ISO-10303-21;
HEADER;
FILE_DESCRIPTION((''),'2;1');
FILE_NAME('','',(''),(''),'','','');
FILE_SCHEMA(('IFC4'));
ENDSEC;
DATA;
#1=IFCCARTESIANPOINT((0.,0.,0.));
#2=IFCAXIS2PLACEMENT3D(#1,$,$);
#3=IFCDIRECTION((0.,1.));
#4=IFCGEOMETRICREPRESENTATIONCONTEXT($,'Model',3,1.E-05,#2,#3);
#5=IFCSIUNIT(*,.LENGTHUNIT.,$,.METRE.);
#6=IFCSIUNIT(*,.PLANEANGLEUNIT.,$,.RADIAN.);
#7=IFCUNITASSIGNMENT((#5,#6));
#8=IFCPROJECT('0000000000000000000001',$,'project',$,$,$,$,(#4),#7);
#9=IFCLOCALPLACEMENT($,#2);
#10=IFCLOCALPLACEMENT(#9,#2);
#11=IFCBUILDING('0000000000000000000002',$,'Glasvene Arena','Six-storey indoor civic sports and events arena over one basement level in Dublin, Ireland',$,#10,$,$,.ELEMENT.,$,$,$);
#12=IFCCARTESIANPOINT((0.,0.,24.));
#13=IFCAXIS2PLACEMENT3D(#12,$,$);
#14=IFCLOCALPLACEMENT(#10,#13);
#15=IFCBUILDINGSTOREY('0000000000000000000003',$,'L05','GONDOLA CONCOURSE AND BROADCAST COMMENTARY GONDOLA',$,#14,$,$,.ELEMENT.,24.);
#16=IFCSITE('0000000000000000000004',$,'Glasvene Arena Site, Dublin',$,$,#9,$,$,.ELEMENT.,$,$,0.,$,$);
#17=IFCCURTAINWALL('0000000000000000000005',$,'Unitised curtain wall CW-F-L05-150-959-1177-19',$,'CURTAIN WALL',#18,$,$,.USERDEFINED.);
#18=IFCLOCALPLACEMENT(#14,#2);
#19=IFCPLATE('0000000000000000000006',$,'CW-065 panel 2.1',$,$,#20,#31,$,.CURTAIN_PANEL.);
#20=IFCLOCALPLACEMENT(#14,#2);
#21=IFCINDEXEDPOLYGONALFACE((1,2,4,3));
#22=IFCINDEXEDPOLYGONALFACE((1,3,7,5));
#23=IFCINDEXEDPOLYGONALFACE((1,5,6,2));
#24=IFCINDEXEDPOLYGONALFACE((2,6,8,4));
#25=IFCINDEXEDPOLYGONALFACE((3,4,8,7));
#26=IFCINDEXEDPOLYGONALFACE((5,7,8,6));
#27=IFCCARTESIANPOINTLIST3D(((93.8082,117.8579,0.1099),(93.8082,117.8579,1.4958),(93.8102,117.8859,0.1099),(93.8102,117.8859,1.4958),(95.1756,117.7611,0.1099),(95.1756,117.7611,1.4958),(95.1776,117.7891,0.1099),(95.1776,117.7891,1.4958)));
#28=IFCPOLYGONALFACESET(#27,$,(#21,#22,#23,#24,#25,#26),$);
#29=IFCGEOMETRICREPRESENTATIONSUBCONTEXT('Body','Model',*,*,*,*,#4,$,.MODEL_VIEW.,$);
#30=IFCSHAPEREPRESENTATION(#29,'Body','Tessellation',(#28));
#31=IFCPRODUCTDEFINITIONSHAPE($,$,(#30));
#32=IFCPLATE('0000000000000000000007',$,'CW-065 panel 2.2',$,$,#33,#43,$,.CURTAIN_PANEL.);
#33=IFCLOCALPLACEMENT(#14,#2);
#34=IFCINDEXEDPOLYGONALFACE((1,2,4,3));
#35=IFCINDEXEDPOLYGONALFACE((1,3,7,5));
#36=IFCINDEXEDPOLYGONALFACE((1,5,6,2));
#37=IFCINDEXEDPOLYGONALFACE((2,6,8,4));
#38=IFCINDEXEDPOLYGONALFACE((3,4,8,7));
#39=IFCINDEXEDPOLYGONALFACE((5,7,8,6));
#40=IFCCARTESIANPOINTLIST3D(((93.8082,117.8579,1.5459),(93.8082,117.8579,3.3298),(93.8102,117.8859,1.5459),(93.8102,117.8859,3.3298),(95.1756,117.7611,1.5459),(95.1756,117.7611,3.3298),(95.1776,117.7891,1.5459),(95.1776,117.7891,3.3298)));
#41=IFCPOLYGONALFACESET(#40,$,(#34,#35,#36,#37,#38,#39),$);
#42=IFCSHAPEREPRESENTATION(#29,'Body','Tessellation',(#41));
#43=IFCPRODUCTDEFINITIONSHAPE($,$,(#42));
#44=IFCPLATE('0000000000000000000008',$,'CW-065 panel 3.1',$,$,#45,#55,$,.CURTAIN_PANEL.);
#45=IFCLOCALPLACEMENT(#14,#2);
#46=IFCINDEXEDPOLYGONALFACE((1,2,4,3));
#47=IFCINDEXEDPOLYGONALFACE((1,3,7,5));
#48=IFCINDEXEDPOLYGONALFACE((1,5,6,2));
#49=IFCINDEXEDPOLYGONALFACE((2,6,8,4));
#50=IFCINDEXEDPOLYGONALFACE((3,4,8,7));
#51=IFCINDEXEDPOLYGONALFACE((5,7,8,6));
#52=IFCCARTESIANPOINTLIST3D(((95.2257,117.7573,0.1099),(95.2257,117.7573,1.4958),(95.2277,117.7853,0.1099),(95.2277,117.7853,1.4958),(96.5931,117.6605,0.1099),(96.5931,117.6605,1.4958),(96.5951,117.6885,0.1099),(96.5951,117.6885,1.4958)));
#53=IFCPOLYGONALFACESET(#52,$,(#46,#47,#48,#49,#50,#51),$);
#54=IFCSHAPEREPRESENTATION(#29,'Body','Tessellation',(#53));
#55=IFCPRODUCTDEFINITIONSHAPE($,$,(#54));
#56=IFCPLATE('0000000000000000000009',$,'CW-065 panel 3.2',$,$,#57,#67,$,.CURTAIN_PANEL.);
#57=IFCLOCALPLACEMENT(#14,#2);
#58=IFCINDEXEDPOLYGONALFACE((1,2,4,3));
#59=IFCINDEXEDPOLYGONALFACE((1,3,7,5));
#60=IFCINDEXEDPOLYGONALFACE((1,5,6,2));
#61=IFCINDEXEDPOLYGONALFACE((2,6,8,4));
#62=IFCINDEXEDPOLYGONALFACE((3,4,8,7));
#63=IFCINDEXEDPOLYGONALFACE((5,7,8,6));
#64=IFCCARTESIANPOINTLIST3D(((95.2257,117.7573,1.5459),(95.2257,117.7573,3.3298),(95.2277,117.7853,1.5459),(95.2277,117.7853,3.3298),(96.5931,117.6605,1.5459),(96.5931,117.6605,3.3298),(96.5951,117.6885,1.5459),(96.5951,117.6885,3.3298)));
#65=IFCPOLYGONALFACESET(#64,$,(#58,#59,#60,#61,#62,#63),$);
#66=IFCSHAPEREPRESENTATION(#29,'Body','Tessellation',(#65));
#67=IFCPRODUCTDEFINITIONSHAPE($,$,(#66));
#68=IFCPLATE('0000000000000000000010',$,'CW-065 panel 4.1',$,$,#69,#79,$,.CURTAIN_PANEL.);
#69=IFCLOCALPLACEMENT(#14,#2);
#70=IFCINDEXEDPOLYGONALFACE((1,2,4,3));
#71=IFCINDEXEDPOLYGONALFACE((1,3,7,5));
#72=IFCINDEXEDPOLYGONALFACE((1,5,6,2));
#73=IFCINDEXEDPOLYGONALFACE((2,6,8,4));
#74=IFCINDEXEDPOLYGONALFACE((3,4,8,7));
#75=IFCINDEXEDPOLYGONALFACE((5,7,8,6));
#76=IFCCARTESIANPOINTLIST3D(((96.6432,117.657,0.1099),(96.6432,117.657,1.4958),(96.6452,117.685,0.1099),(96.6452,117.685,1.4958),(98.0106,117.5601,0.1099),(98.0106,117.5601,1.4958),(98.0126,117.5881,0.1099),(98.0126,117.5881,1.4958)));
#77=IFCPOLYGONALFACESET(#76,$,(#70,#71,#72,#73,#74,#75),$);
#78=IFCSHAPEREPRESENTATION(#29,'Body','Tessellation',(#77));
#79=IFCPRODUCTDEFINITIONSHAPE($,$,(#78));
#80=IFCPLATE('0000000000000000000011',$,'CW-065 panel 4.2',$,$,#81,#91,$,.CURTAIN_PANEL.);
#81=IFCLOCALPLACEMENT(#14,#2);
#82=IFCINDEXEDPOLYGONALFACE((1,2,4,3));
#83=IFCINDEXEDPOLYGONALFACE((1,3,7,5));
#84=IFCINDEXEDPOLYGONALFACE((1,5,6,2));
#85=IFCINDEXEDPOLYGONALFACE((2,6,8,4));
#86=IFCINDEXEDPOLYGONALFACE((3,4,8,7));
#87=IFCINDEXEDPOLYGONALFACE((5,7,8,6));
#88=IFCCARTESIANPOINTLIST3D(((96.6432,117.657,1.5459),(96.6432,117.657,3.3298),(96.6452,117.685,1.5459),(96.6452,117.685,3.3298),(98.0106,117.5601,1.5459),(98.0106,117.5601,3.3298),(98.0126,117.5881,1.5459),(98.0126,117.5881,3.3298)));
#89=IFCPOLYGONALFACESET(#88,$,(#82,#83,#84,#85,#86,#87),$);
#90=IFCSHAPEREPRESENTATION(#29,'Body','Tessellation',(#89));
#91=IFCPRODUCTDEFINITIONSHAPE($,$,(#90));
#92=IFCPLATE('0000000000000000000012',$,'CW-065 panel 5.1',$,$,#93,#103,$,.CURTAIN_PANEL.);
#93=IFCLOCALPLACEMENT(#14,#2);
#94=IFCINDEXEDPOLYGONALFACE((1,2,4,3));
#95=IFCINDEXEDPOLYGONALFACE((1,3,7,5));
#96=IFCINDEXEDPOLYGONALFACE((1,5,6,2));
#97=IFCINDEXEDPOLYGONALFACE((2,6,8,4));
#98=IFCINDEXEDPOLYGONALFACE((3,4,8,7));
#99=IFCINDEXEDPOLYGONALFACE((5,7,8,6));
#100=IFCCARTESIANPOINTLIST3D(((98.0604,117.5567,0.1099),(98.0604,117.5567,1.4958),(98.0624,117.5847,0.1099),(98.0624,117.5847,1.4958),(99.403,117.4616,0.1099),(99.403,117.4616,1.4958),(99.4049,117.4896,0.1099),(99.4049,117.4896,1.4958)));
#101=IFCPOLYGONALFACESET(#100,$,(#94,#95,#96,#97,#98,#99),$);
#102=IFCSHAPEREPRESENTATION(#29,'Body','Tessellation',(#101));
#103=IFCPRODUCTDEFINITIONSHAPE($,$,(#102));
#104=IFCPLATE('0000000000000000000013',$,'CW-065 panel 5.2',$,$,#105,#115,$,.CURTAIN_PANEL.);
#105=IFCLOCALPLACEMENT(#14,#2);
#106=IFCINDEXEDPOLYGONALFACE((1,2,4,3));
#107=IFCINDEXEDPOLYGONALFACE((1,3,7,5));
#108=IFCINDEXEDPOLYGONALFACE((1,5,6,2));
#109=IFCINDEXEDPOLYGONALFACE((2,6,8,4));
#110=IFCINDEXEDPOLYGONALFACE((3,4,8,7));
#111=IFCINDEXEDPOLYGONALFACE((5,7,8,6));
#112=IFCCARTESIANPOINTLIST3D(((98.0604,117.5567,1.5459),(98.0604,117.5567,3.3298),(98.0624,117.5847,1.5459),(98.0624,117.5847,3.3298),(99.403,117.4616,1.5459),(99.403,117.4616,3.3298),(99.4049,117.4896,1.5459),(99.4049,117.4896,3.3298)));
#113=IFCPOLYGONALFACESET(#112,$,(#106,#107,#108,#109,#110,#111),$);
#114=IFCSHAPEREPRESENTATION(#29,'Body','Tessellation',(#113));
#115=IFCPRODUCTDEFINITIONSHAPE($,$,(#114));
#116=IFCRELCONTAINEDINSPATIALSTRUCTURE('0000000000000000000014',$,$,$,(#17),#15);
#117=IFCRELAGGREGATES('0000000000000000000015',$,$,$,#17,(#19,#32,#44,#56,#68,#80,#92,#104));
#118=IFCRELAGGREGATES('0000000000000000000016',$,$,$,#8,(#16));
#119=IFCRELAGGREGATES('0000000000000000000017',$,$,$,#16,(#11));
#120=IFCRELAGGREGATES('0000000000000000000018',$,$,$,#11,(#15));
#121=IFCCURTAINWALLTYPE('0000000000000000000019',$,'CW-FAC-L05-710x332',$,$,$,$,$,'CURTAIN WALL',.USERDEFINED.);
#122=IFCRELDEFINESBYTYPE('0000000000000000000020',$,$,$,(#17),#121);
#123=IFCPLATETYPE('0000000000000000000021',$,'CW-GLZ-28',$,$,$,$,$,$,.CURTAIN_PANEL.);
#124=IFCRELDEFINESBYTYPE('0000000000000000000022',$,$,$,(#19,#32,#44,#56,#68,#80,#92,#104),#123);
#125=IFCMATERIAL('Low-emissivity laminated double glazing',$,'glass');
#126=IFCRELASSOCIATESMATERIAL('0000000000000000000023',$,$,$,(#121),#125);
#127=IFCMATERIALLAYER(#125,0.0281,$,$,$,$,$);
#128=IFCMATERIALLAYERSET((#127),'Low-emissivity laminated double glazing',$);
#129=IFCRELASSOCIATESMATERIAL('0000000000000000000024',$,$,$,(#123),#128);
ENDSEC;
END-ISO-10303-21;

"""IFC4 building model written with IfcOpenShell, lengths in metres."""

from ifc_helpers import new_model, si_unit, direction, frame, origin, origin_2d, place, context, subcontext, project, spatial, rectangle, extrude, material, layer, layer_set, type_object, element, aggregate, save


model = new_model("IFC4")

# Units and contexts
model_context = context("Model", 3, precision=1e-05, world=origin(), true_north=direction((0.0, 1.0)))
body_context = subcontext(model_context, "Body", "Model", "MODEL_VIEW")
ifc_project = project(units=[si_unit("LENGTHUNIT", "METRE"), si_unit("PLANEANGLEUNIT", "RADIAN")], contexts=[model_context])

# Site, building, storey
site_placement = place(None, origin())
site = spatial("IfcSite", under=ifc_project, at=site_placement, Name="Glasvene Arena Site, Dublin", CompositionType="ELEMENT", RefElevation=0.0)
building_placement = place(site_placement, origin())
building = spatial("IfcBuilding", under=site, at=building_placement, Name="Glasvene Arena", Description="Six-storey indoor civic sports and events arena over one basement level in Dublin, Ireland", CompositionType="ELEMENT")
storey_placement = place(building_placement, frame((0.0, 0.0, 24.0)))
storey = spatial("IfcBuildingStorey", under=building, at=storey_placement, Name="L05", Description="GONDOLA CONCOURSE AND BROADCAST COMMENTARY GONDOLA", CompositionType="ELEMENT", Elevation=24.0)

# Curtain wall, plates
ifc_material_1 = material(Name="Low-emissivity laminated double glazing", Category="glass")
curtain_wall_type = type_object("IfcCurtainWallType", Name="CW-FAC-L05-710x332", ElementType="CURTAIN WALL", PredefinedType="USERDEFINED", material=ifc_material_1)
curtain_wall_placement = place(storey_placement, frame((92.3669, 117.9741, 0.0)))
curtain_wall = element("IfcCurtainWall", 1, at=curtain_wall_placement, inside=storey, type_object=curtain_wall_type, Name="Unitised curtain wall CW-F-L05-150-959-1177-19", ObjectType="CURTAIN WALL", PredefinedType="USERDEFINED")
ifc_layer = layer(ifc_material_1, 0.0281)
ifc_layer_set = layer_set([ifc_layer], Name="Low-emissivity laminated double glazing")
plate_type = type_object("IfcPlateType", Name="CW-GLZ-28", PredefinedType="CURTAIN_PANEL", material=ifc_layer_set)
plate_1_placement = place(storey_placement, frame((94.4929, 117.8235, 0.1099), z_axis=(0.0, 0.0, 1.0), x_axis=(0.997501, -0.070657, 0.0)))
plate_1 = element("IfcPlate", 2, at=plate_1_placement, type_object=plate_type, Name="CW-065 panel 2.1", PredefinedType="CURTAIN_PANEL", context=body_context, shape_type="SweptSolid", body=[
    extrude(rectangle(XDim=1.3708, YDim=0.0281, at=origin_2d()), origin(), (0.0, 0.0, 1.0), 1.386),
])
plate_2_placement = place(storey_placement, frame((94.4929, 117.8235, 1.5459), z_axis=(0.0, 0.0, 1.0), x_axis=(0.997501, -0.070657, 0.0)))
plate_2 = element("IfcPlate", 3, at=plate_2_placement, type_object=plate_type, Name="CW-065 panel 2.2", PredefinedType="CURTAIN_PANEL", context=body_context, shape_type="SweptSolid", body=[
    extrude(rectangle(XDim=1.3708, YDim=0.0281, at=origin_2d()), origin(), (0.0, 0.0, 1.0), 1.7839),
])
plate_3_placement = place(storey_placement, frame((95.9104, 117.7229, 0.1099), z_axis=(0.0, 0.0, 1.0), x_axis=(0.997501, -0.070657, 0.0)))
plate_3 = element("IfcPlate", 4, at=plate_3_placement, type_object=plate_type, Name="CW-065 panel 3.1", PredefinedType="CURTAIN_PANEL", context=body_context, shape_type="SweptSolid", body=[
    extrude(rectangle(XDim=1.3708, YDim=0.0281, at=origin_2d()), origin(), (0.0, 0.0, 1.0), 1.386),
])
plate_4_placement = place(storey_placement, frame((95.9104, 117.7229, 1.5459), z_axis=(0.0, 0.0, 1.0), x_axis=(0.997501, -0.070657, 0.0)))
plate_4 = element("IfcPlate", 5, at=plate_4_placement, type_object=plate_type, Name="CW-065 panel 3.2", PredefinedType="CURTAIN_PANEL", context=body_context, shape_type="SweptSolid", body=[
    extrude(rectangle(XDim=1.3708, YDim=0.0281, at=origin_2d()), origin(), (0.0, 0.0, 1.0), 1.7839),
])
plate_5_placement = place(storey_placement, frame((97.3279, 117.6226, 0.1099), z_axis=(0.0, 0.0, 1.0), x_axis=(0.997501, -0.070657, 0.0)))
plate_5 = element("IfcPlate", 6, at=plate_5_placement, type_object=plate_type, Name="CW-065 panel 4.1", PredefinedType="CURTAIN_PANEL", context=body_context, shape_type="SweptSolid", body=[
    extrude(rectangle(XDim=1.3708, YDim=0.0281, at=origin_2d()), origin(), (0.0, 0.0, 1.0), 1.386),
])
plate_6_placement = place(storey_placement, frame((97.3279, 117.6226, 1.5459), z_axis=(0.0, 0.0, 1.0), x_axis=(0.997501, -0.070657, 0.0)))
plate_6 = element("IfcPlate", 7, at=plate_6_placement, type_object=plate_type, Name="CW-065 panel 4.2", PredefinedType="CURTAIN_PANEL", context=body_context, shape_type="SweptSolid", body=[
    extrude(rectangle(XDim=1.3708, YDim=0.0281, at=origin_2d()), origin(), (0.0, 0.0, 1.0), 1.7839),
])
plate_7_placement = place(storey_placement, frame((98.7327, 117.5232, 0.1099), z_axis=(0.0, 0.0, 1.0), x_axis=(0.997501, -0.070657, 0.0)))
plate_7 = element("IfcPlate", 8, at=plate_7_placement, type_object=plate_type, Name="CW-065 panel 5.1", PredefinedType="CURTAIN_PANEL", context=body_context, shape_type="SweptSolid", body=[
    extrude(rectangle(XDim=1.3459, YDim=0.0281, at=origin_2d()), origin(), (0.0, 0.0, 1.0), 1.386),
])
plate_8_placement = place(storey_placement, frame((98.7327, 117.5232, 1.5459), z_axis=(0.0, 0.0, 1.0), x_axis=(0.997501, -0.070657, 0.0)))
plate_8 = element("IfcPlate", 9, at=plate_8_placement, type_object=plate_type, Name="CW-065 panel 5.2", PredefinedType="CURTAIN_PANEL", context=body_context, shape_type="SweptSolid", body=[
    extrude(rectangle(XDim=1.3459, YDim=0.0281, at=origin_2d()), origin(), (0.0, 0.0, 1.0), 1.7839),
])
aggregate(curtain_wall, [plate_1, plate_2, plate_3, plate_4, plate_5, plate_6, plate_7, plate_8])

save(model, "model.ifc")
